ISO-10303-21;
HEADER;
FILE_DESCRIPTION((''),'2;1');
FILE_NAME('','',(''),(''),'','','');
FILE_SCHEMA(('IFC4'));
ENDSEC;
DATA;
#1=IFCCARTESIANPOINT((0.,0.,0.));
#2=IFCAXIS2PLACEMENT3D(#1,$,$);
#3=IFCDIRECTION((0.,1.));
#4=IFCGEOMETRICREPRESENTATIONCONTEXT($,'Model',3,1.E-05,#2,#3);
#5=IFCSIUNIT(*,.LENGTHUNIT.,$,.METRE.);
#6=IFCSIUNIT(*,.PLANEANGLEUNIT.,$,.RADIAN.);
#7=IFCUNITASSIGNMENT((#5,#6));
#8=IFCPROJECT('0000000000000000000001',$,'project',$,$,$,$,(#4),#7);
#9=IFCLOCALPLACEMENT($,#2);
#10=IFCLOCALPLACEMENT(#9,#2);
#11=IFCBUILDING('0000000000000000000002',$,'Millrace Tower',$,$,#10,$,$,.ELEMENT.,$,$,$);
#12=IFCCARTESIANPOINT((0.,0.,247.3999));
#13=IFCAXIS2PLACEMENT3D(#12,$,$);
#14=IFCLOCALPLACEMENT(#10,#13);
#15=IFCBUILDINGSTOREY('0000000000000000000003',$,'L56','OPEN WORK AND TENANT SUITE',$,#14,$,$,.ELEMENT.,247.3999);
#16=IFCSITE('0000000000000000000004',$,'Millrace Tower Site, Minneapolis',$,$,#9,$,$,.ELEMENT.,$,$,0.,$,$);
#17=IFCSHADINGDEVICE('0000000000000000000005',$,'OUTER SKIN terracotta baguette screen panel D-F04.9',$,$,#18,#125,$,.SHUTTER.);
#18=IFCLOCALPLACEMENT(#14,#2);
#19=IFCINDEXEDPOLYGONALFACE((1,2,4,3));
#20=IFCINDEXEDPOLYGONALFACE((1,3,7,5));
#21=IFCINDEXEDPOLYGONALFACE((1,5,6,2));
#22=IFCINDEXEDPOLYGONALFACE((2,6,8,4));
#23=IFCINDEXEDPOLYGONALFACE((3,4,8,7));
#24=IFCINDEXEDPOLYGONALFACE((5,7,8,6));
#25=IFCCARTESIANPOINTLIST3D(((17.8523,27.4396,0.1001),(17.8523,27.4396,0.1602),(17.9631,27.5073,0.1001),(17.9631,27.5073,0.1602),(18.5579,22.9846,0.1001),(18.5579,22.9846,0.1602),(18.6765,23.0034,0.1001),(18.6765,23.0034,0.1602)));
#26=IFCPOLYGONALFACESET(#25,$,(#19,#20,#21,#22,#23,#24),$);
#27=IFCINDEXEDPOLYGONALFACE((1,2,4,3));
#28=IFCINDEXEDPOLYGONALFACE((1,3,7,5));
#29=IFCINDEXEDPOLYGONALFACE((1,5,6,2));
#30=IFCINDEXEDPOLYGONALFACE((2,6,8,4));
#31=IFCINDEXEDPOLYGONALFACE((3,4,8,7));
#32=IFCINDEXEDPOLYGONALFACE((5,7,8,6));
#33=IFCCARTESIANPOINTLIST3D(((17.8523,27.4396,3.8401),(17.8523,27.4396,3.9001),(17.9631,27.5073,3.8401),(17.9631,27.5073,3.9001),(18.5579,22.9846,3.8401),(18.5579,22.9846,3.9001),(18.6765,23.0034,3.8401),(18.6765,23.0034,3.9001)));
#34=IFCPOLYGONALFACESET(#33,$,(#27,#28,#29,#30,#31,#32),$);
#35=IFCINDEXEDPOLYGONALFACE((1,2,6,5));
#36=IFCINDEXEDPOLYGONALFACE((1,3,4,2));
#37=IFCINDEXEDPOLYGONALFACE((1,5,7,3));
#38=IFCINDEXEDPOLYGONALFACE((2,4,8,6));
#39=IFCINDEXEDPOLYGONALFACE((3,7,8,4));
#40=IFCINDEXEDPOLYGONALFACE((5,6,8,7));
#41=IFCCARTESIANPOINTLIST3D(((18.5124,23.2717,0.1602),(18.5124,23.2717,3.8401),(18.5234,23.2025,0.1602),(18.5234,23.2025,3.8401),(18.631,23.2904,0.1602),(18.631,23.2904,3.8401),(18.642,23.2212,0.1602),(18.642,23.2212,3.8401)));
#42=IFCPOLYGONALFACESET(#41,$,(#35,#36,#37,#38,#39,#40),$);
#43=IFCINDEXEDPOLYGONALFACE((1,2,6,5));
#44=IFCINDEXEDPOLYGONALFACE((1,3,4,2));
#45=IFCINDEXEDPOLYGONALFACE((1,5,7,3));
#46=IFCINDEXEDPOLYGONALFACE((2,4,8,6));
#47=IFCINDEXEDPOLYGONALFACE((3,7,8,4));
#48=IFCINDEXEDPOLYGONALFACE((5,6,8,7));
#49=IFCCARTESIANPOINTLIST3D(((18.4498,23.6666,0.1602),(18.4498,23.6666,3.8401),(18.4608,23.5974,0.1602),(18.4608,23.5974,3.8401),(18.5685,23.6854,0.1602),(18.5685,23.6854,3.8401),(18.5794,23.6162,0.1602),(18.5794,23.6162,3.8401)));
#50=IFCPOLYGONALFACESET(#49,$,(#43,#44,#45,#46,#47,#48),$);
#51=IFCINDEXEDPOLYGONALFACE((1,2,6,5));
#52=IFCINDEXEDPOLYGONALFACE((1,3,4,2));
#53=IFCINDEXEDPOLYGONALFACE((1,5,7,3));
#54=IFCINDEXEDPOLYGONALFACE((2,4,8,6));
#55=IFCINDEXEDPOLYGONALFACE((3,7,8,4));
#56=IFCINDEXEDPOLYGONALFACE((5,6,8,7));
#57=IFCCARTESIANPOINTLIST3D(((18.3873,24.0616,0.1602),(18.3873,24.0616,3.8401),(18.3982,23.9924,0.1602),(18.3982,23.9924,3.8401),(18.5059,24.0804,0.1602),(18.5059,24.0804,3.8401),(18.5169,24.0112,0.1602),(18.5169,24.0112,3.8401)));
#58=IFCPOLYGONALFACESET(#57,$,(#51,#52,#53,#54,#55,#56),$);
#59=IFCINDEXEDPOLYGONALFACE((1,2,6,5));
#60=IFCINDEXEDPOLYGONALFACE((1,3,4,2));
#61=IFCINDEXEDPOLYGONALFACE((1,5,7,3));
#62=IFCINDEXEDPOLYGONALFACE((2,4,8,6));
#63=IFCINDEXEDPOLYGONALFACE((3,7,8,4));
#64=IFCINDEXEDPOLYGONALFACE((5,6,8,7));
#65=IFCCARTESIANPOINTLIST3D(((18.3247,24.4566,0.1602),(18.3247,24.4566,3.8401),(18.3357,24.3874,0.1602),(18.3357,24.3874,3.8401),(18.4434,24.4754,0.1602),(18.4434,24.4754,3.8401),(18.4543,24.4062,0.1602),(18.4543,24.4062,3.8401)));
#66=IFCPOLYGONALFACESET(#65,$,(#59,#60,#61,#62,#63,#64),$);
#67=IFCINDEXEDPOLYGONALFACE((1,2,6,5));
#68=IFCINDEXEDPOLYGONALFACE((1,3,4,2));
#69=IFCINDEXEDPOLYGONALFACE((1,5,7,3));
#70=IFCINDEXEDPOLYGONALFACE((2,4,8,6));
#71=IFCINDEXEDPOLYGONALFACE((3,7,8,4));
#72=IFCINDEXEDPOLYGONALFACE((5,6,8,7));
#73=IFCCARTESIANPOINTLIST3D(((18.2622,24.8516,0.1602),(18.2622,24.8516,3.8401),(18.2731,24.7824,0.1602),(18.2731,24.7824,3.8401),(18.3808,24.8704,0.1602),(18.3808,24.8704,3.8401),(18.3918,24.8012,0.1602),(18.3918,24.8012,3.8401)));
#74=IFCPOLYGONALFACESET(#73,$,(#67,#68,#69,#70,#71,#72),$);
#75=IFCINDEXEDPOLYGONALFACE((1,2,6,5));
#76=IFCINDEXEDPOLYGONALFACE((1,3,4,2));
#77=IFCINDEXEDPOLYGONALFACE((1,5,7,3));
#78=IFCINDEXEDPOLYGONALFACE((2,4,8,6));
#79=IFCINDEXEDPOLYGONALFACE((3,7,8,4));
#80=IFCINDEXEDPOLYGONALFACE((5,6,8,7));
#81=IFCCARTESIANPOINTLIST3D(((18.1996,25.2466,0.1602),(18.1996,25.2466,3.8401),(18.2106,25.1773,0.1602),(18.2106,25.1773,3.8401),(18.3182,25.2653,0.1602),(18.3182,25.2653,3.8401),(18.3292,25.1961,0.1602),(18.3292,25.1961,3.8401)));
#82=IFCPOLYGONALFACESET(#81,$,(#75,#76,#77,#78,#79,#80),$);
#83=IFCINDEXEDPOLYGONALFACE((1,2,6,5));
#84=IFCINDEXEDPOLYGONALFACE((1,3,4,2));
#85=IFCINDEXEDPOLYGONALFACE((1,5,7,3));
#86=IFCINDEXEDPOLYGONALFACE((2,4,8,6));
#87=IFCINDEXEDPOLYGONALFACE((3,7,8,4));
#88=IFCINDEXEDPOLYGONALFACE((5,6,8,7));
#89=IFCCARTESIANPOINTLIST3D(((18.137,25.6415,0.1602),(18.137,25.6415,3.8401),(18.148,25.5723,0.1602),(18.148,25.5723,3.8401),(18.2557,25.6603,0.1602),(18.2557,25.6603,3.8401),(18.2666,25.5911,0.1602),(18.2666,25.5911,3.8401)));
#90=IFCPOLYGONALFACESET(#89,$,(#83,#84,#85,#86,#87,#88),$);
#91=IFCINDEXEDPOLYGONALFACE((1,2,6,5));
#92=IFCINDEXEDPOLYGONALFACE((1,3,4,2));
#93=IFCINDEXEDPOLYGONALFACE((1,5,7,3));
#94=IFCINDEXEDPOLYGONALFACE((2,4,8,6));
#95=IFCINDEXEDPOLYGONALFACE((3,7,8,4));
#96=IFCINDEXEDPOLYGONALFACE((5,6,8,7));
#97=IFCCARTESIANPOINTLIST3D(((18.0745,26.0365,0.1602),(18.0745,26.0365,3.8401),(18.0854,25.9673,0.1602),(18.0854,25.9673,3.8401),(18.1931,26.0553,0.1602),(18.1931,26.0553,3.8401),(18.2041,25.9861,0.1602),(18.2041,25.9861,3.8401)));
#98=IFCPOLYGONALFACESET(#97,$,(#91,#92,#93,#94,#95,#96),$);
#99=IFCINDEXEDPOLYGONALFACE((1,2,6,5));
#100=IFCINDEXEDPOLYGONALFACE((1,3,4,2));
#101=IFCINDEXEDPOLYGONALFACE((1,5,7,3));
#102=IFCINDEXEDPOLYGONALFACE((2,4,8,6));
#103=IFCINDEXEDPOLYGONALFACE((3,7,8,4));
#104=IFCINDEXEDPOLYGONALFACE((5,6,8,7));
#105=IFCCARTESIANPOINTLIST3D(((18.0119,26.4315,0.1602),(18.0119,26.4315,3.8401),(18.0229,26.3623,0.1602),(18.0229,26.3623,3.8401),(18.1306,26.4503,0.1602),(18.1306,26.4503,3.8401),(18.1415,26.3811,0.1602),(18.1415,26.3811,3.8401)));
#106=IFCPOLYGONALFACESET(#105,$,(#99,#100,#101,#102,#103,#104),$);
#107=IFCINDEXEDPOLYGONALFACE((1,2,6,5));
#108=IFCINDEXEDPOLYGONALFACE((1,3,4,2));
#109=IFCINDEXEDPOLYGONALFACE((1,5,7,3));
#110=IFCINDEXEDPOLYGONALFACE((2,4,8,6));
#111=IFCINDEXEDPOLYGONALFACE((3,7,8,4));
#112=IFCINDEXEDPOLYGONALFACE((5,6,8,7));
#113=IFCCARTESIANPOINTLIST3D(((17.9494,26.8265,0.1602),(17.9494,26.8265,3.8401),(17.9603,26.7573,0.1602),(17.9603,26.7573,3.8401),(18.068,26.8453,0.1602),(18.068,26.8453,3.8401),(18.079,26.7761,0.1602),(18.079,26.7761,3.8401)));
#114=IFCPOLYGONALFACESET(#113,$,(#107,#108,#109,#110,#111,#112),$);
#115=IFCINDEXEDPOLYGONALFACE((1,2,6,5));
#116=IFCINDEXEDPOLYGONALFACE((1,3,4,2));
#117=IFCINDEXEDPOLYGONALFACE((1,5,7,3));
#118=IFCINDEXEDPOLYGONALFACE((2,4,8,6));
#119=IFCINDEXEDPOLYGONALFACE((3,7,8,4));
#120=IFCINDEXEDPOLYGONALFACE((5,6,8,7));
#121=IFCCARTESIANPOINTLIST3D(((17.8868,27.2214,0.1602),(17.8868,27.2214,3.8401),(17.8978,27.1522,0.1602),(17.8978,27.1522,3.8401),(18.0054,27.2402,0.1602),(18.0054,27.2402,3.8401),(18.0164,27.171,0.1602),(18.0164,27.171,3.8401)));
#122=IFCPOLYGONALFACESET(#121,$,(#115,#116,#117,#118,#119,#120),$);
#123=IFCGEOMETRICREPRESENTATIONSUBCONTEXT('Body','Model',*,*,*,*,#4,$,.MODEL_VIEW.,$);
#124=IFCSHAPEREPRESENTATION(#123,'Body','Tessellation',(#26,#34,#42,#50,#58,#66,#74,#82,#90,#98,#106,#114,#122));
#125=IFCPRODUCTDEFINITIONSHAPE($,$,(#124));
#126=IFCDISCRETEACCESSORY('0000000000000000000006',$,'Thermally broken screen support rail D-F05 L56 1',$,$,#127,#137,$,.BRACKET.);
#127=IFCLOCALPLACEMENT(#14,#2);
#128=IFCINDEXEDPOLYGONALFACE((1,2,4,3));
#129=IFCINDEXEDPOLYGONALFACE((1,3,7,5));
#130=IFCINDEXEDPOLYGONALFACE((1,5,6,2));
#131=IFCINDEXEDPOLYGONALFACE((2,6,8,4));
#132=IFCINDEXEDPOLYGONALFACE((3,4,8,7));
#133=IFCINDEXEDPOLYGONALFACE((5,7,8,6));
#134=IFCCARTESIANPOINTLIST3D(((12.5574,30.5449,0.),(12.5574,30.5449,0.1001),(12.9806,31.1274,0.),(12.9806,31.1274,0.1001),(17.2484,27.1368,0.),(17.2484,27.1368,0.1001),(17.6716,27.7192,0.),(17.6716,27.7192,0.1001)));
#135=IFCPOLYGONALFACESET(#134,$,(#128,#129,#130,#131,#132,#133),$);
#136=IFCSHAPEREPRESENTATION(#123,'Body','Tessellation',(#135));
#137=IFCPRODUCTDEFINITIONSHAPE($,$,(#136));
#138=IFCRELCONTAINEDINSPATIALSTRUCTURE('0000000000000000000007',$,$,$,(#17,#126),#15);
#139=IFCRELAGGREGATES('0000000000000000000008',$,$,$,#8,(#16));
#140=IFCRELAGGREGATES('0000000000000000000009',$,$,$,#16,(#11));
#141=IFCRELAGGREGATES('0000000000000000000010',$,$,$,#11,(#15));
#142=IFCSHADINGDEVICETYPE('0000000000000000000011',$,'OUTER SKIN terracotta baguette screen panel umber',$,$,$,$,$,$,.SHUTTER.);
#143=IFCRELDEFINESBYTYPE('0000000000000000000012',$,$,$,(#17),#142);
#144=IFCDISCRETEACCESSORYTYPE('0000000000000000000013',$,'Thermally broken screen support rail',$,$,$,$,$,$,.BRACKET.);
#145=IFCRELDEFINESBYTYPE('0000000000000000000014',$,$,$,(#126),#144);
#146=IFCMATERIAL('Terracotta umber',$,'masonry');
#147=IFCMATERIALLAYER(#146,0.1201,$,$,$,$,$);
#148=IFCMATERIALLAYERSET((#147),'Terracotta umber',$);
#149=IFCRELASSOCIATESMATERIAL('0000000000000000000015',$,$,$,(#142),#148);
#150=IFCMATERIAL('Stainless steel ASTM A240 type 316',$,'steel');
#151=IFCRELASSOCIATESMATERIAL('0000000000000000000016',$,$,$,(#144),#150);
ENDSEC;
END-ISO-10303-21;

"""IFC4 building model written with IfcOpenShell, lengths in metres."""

from ifc_helpers import new_model, entity, si_unit, direction, frame, frame_2d, origin, origin_2d, place, context, subcontext, project, spatial, rectangle, extrude, source, transform, mapped, material, layer, layer_set, type_object, element, save


model = new_model("IFC4")

# Units and contexts
model_context = context("Model", 3, precision=1e-05, world=origin(), true_north=direction((0.0, 1.0)))
body_context = subcontext(model_context, "Body", "Model", "MODEL_VIEW")
ifc_project = project(units=[si_unit("LENGTHUNIT", "METRE"), si_unit("PLANEANGLEUNIT", "RADIAN")], contexts=[model_context])

# Site, building, storey
site_placement = place(None, origin())
site = spatial("IfcSite", under=ifc_project, at=site_placement, Name="Millrace Tower Site, Minneapolis", CompositionType="ELEMENT", RefElevation=0.0)
building_placement = place(site_placement, origin())
building = spatial("IfcBuilding", under=site, at=building_placement, Name="Millrace Tower", CompositionType="ELEMENT")
storey_placement = place(building_placement, frame((0.0, 0.0, 247.3999)))
storey = spatial("IfcBuildingStorey", under=building, at=storey_placement, Name="L56", Description="OPEN WORK AND TENANT SUITE", CompositionType="ELEMENT", Elevation=247.3999)

# Shading device
ifc_material_1 = material(Name="Terracotta umber", Category="masonry")
ifc_layer_1 = layer(ifc_material_1, 0.1201)
ifc_layer_set_1 = layer_set([ifc_layer_1], Name="Terracotta umber")
shading_device_type = type_object("IfcShadingDeviceType", Name="OUTER SKIN terracotta baguette screen panel umber", PredefinedType="SHUTTER", material=ifc_layer_set_1)
cartesian_point_1 = entity("IfcCartesianPoint", [-2.2676, 0.0601])
shared_polyline_1 = entity("IfcPolyline", [cartesian_point_1, entity("IfcCartesianPoint", [2.2429, 0.0601]), entity("IfcCartesianPoint", [2.2925, -0.0601]), entity("IfcCartesianPoint", [-2.2676, -0.0601]), cartesian_point_1])
shared_shape_1 = source(origin(), body_context, "Body", "SweptSolid", [
    entity("IfcExtrudedAreaSolid", entity("IfcArbitraryClosedProfileDef", "AREA", None, shared_polyline_1), entity("IfcAxis2Placement3D", entity("IfcCartesianPoint", [0.0, 0.0, 0.0])), entity("IfcDirection", [0.0, 0.0, 1.0]), 0.0601),
    entity("IfcExtrudedAreaSolid", entity("IfcArbitraryClosedProfileDef", "AREA", None, shared_polyline_1), entity("IfcAxis2Placement3D", entity("IfcCartesianPoint", [0.0, 0.0, 3.74])), entity("IfcDirection", [0.0, 0.0, 1.0]), 0.0601),
    extrude(rectangle(XDim=0.0701, YDim=0.1201, at=frame_2d((-2.012, 0.0))), frame((0.0, 0.0, 0.0601)), (0.0, 0.0, 1.0), 3.6799),
    extrude(rectangle(XDim=0.0701, YDim=0.1201, at=frame_2d((-1.6121, 0.0))), frame((0.0, 0.0, 0.0601)), (0.0, 0.0, 1.0), 3.6799),
    extrude(rectangle(XDim=0.0701, YDim=0.1201, at=frame_2d((-1.2122, 0.0))), frame((0.0, 0.0, 0.0601)), (0.0, 0.0, 1.0), 3.6799),
    extrude(rectangle(XDim=0.0701, YDim=0.1201, at=frame_2d((-0.8123, 0.0))), frame((0.0, 0.0, 0.0601)), (0.0, 0.0, 1.0), 3.6799),
    extrude(rectangle(XDim=0.0701, YDim=0.1201, at=frame_2d((-0.4124, 0.0))), frame((0.0, 0.0, 0.0601)), (0.0, 0.0, 1.0), 3.6799),
    extrude(rectangle(XDim=0.0701, YDim=0.1201, at=frame_2d((-0.0125, 0.0))), frame((0.0, 0.0, 0.0601)), (0.0, 0.0, 1.0), 3.6799),
    extrude(rectangle(XDim=0.0701, YDim=0.1201, at=frame_2d((0.3875, 0.0))), frame((0.0, 0.0, 0.0601)), (0.0, 0.0, 1.0), 3.6799),
    extrude(rectangle(XDim=0.0701, YDim=0.1201, at=frame_2d((0.7874, 0.0))), frame((0.0, 0.0, 0.0601)), (0.0, 0.0, 1.0), 3.6799),
    extrude(rectangle(XDim=0.0701, YDim=0.1201, at=frame_2d((1.1873, 0.0))), frame((0.0, 0.0, 0.0601)), (0.0, 0.0, 1.0), 3.6799),
    extrude(rectangle(XDim=0.0701, YDim=0.1201, at=frame_2d((1.5872, 0.0))), frame((0.0, 0.0, 0.0601)), (0.0, 0.0, 1.0), 3.6799),
    extrude(rectangle(XDim=0.0701, YDim=0.1201, at=frame_2d((1.9871, 0.0))), frame((0.0, 0.0, 0.0601)), (0.0, 0.0, 1.0), 3.6799),
])
shading_device_1_placement = place(storey_placement, frame((18.2625, 25.2336, 0.1001), z_axis=(0.0, 0.0, 1.0), x_axis=(-0.156434, 0.987688, 0.0)))
element("IfcShadingDevice", 1, at=shading_device_1_placement, inside=storey, type_object=shading_device_type, Name="OUTER SKIN terracotta baguette screen panel D-F04.9", PredefinedType="SHUTTER", context=body_context, shape_type="MappedRepresentation", body=[
    mapped(shared_shape_1, transform((0.0, 0.0, 0.0), scale=1.0)),
])

# Discrete accessory
ifc_material_2 = material(Name="Stainless steel ASTM A240 type 316", Category="steel")
discrete_accessory_type = type_object("IfcDiscreteAccessoryType", Name="Thermally broken screen support rail", PredefinedType="BRACKET", material=ifc_material_2)
discrete_accessory_placement = place(storey_placement, frame((15.1145, 29.1321, 0.0), z_axis=(0.0, 0.0, 1.0), x_axis=(-0.809017, 0.587785, 0.0)))
element("IfcDiscreteAccessory", 2, at=discrete_accessory_placement, inside=storey, type_object=discrete_accessory_type, Name="Thermally broken screen support rail D-F05 L56 1", PredefinedType="BRACKET", context=body_context, shape_type="SweptSolid", body=[
    extrude(rectangle(XDim=5.7983, YDim=0.72, at=origin_2d()), origin(), (0.0, 0.0, 1.0), 0.1001),
])

save(model, "model.ifc")
